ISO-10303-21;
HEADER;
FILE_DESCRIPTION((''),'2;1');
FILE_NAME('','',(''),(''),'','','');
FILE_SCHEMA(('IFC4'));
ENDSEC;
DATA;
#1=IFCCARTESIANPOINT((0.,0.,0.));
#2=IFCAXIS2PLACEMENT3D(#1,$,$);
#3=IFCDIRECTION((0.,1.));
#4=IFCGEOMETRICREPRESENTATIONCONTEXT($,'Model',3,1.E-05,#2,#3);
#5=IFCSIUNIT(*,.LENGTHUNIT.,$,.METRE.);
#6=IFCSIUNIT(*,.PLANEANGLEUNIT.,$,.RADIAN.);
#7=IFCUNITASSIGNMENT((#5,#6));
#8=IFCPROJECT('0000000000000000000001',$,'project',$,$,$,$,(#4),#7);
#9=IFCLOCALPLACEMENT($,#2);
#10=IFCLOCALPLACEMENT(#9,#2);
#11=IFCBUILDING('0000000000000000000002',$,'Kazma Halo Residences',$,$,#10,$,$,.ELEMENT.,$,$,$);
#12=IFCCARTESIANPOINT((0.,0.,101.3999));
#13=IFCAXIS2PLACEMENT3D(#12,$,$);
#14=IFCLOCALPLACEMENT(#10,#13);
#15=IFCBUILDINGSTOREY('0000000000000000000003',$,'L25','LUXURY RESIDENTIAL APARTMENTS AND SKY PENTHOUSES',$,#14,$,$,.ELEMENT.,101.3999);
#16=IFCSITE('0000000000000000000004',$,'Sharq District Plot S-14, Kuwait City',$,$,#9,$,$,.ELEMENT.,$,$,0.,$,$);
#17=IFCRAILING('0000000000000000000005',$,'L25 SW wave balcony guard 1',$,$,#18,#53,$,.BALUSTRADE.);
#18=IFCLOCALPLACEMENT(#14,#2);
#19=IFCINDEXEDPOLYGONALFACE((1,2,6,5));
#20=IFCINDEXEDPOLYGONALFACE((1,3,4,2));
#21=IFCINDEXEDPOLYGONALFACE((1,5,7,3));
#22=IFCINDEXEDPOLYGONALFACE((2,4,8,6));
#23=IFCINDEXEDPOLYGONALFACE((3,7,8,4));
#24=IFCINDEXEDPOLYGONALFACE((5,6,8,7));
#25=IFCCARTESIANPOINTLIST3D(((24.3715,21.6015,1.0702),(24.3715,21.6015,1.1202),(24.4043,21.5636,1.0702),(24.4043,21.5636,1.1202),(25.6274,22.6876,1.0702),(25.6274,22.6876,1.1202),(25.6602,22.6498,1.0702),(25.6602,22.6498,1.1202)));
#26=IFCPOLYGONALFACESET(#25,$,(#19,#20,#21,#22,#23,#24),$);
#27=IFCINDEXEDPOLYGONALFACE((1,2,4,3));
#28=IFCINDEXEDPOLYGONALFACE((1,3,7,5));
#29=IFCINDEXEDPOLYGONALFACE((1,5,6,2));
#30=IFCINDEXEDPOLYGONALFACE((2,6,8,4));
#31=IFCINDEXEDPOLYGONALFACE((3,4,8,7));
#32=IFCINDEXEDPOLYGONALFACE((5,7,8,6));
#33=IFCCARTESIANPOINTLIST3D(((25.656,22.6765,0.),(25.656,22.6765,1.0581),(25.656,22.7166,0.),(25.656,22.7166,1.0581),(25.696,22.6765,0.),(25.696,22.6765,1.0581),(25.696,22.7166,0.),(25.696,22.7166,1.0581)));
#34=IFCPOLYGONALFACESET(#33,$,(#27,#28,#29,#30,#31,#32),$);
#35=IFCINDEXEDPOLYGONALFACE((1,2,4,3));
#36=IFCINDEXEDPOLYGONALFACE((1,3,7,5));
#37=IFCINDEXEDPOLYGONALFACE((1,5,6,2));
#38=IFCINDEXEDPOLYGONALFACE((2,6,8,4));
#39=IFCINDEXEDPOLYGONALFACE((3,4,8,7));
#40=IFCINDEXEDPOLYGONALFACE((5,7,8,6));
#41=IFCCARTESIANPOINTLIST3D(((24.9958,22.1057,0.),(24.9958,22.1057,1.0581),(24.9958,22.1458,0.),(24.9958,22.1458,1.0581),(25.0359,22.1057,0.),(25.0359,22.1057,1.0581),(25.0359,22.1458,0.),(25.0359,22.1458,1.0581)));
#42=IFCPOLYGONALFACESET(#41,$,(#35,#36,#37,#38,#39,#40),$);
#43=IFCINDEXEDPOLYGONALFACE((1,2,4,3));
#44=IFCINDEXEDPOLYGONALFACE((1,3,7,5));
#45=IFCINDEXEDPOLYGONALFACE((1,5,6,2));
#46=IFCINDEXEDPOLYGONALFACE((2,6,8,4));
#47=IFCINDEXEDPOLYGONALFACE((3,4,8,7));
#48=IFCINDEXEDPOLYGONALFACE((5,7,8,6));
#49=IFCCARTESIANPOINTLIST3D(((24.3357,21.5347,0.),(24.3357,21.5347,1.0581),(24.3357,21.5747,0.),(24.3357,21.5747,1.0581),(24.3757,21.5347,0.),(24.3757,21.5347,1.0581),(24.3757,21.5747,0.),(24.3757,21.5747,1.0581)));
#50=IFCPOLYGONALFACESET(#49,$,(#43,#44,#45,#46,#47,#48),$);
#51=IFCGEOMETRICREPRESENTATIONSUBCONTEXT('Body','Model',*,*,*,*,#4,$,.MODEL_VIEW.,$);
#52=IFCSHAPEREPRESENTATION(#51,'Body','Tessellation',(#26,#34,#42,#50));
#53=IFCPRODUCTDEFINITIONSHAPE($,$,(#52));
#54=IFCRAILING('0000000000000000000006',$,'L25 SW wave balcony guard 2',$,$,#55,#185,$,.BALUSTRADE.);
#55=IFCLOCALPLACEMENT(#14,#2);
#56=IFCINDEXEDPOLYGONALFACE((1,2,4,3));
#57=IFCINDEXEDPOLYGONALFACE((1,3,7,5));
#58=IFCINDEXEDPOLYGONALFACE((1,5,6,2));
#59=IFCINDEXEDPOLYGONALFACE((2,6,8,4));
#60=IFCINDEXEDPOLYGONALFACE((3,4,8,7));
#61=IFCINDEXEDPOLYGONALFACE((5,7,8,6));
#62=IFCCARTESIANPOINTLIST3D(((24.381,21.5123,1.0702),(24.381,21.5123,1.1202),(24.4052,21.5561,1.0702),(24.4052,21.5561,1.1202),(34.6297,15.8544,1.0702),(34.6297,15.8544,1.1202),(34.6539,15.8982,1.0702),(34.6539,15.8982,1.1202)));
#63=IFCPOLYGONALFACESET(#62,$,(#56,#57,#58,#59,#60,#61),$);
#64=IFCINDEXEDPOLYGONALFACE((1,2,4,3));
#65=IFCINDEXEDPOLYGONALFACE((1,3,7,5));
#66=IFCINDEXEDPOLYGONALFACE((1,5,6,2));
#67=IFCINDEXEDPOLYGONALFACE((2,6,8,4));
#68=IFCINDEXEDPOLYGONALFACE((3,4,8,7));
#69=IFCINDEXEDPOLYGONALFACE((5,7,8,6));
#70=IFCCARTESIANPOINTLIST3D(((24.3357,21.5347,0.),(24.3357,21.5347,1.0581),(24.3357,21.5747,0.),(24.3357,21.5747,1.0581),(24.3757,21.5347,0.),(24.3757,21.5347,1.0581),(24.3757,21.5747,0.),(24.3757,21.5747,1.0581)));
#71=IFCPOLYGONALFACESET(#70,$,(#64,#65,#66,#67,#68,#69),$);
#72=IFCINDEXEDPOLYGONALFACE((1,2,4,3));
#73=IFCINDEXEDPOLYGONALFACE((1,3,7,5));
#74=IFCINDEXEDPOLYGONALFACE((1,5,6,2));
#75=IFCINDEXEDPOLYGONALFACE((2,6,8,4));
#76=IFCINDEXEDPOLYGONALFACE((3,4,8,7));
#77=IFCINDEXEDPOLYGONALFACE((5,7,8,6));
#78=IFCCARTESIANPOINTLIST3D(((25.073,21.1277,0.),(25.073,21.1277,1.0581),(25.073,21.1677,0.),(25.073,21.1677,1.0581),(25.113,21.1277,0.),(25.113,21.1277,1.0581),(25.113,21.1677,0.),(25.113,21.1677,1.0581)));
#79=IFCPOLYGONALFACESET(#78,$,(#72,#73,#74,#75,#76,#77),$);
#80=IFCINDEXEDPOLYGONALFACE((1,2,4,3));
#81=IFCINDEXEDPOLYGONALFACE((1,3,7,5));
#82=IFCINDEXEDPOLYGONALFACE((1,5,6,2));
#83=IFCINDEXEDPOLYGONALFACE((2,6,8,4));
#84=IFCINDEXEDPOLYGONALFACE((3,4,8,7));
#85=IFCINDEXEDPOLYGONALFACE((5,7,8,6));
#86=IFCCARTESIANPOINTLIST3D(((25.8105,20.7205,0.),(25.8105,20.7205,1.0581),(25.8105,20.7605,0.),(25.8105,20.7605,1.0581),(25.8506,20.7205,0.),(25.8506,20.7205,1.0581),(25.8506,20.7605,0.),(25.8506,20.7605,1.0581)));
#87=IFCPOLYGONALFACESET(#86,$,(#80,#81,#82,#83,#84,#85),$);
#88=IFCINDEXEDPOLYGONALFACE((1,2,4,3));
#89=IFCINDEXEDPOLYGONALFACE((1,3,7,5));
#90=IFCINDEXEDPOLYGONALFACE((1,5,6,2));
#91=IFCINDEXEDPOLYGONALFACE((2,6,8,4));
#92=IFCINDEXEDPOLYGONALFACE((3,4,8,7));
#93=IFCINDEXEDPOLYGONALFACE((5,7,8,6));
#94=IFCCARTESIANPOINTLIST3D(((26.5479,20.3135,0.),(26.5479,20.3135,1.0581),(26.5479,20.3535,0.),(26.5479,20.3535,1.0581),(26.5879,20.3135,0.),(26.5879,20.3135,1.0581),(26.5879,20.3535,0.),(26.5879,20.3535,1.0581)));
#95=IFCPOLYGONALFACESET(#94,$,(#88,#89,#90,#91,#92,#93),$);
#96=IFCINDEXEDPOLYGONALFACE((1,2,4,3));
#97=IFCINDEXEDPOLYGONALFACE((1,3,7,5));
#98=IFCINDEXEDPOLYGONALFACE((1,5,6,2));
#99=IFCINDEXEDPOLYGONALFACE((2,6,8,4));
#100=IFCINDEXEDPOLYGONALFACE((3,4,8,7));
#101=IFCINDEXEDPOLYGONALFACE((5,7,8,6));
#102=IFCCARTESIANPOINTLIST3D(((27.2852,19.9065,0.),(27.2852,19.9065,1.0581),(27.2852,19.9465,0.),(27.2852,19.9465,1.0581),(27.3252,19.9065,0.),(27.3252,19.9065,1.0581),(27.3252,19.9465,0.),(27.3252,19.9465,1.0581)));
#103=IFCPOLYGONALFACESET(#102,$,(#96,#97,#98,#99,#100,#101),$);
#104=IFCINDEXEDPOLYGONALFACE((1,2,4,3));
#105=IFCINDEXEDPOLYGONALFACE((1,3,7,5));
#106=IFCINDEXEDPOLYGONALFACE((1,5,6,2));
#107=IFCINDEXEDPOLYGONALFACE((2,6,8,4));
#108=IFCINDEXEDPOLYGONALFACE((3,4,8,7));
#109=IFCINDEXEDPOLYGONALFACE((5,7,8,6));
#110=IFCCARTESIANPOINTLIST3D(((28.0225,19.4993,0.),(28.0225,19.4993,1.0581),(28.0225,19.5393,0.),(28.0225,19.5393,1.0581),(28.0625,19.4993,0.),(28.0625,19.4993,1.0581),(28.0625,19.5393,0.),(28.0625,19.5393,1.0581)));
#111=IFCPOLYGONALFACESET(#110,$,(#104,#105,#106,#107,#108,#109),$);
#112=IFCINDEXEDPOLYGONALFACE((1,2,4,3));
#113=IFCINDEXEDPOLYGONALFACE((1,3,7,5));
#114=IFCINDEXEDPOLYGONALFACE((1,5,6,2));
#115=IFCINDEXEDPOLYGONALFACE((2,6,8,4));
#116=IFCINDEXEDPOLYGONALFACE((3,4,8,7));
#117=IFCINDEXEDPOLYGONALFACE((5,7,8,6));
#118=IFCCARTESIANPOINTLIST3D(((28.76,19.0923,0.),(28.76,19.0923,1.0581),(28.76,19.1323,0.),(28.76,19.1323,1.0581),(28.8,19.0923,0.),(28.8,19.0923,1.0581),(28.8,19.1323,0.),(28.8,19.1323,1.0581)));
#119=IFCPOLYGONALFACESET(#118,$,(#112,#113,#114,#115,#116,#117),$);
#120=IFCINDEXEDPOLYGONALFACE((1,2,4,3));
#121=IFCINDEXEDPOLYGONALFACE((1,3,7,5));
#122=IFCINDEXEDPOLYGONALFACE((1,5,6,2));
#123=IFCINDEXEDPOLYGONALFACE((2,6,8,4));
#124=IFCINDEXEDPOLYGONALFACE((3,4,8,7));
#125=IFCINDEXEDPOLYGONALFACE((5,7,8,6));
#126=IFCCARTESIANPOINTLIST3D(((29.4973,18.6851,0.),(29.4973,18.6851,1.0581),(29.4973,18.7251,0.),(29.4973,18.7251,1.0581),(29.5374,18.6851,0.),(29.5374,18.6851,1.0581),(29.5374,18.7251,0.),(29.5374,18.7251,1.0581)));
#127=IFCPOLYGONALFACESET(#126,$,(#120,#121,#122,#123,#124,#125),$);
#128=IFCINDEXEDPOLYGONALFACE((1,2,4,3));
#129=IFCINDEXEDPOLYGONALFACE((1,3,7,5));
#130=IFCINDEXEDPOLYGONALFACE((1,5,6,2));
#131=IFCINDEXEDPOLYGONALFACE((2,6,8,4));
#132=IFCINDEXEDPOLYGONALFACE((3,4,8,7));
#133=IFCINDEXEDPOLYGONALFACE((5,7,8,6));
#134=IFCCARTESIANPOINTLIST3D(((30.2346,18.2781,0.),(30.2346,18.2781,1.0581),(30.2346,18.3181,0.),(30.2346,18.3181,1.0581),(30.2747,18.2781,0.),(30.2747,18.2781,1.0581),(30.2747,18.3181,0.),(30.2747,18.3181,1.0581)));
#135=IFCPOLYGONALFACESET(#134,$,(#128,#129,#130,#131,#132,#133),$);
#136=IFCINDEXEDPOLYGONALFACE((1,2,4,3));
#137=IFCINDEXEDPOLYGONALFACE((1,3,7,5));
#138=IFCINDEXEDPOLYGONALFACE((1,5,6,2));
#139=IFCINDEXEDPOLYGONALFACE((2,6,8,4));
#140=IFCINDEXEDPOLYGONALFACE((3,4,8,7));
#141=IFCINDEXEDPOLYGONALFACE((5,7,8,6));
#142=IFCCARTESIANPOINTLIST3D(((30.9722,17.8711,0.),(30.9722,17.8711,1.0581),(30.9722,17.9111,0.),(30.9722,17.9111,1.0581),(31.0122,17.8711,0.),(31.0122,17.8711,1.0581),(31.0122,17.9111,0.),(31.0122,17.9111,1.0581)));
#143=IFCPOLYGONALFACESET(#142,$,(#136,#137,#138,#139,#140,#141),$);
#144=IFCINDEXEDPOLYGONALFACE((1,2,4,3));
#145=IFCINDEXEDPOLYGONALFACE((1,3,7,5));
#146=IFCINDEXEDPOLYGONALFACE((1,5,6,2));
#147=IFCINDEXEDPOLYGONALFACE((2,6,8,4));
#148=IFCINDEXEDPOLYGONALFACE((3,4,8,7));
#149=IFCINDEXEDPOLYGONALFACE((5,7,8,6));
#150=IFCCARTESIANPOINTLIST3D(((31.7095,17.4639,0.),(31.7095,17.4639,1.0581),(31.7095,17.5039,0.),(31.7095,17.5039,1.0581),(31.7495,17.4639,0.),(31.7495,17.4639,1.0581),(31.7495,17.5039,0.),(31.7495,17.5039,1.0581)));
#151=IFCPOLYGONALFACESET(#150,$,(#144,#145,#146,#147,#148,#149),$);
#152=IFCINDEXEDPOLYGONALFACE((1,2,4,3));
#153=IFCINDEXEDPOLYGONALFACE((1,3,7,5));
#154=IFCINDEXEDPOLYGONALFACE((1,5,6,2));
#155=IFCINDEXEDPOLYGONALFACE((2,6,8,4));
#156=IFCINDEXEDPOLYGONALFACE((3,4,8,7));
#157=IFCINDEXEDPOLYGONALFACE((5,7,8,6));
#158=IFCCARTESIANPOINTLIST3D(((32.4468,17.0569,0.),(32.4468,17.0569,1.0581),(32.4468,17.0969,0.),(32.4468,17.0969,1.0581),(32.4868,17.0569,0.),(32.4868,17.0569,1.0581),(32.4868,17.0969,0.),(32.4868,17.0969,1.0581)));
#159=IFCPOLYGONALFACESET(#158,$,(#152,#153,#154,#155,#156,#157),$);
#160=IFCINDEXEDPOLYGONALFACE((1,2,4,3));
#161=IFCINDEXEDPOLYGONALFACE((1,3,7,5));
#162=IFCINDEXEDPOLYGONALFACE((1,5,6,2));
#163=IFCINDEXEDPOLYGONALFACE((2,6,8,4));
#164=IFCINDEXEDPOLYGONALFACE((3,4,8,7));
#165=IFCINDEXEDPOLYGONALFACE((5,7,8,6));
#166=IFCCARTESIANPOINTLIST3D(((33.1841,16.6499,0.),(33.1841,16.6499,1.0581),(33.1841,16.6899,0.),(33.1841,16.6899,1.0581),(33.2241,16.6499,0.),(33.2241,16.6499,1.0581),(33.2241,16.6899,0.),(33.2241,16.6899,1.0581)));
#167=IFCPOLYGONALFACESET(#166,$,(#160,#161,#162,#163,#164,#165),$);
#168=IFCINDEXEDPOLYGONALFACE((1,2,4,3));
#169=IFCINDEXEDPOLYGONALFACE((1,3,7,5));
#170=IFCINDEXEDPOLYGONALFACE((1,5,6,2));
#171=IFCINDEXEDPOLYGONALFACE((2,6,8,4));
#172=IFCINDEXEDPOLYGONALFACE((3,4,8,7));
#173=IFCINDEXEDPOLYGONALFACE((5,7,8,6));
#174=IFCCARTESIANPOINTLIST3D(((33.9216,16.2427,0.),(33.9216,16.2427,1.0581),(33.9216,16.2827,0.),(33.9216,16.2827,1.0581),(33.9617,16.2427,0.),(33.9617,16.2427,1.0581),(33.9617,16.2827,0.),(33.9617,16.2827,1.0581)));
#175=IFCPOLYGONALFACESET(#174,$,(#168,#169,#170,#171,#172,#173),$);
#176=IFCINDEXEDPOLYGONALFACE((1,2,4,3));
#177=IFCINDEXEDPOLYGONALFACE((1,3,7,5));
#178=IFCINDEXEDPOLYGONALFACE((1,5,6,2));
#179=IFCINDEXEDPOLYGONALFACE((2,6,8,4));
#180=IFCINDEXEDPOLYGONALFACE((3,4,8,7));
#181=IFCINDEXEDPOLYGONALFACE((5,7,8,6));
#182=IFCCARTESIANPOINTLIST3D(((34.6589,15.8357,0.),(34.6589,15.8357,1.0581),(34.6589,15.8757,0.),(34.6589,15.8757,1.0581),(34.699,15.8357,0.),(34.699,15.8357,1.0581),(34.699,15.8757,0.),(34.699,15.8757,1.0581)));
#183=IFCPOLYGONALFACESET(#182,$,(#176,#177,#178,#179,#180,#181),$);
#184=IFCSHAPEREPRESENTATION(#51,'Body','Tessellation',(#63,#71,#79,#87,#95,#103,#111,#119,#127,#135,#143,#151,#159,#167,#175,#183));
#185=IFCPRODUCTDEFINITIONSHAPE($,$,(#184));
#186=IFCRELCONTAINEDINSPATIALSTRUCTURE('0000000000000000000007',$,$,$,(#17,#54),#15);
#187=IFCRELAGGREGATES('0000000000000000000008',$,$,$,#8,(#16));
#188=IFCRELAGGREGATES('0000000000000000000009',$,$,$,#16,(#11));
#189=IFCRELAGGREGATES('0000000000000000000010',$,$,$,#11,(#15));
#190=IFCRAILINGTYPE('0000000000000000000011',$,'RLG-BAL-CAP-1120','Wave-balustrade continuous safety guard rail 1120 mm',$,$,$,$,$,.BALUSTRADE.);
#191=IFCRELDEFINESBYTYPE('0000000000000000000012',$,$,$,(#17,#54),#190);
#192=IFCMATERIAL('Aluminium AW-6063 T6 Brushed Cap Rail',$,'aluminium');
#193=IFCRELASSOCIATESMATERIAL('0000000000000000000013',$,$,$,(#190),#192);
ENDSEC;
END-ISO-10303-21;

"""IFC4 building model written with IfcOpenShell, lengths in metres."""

from ifc_helpers import new_model, si_unit, direction, frame, origin, origin_2d, place, context, subcontext, project, spatial, rectangle, extrude, material, type_object, element, save


model = new_model("IFC4")

# Units and contexts
model_context = context("Model", 3, precision=1e-05, world=origin(), true_north=direction((0.0, 1.0)))
body_context = subcontext(model_context, "Body", "Model", "MODEL_VIEW")
ifc_project = project(units=[si_unit("LENGTHUNIT", "METRE"), si_unit("PLANEANGLEUNIT", "RADIAN")], contexts=[model_context])

# Site, building, storey
site_placement = place(None, origin())
site = spatial("IfcSite", under=ifc_project, at=site_placement, Name="Sharq District Plot S-14, Kuwait City", CompositionType="ELEMENT", RefElevation=0.0)
building_placement = place(site_placement, origin())
building = spatial("IfcBuilding", under=site, at=building_placement, Name="Kazma Halo Residences", CompositionType="ELEMENT")
storey_placement = place(building_placement, frame((0.0, 0.0, 101.3999)))
storey = spatial("IfcBuildingStorey", under=building, at=storey_placement, Name="L25", Description="LUXURY RESIDENTIAL APARTMENTS AND SKY PENTHOUSES", CompositionType="ELEMENT", Elevation=101.3999)

# Railings
ifc_material_1 = material(Name="Aluminium AW-6063 T6 Brushed Cap Rail", Category="aluminium")
railing_type = type_object("IfcRailingType", Name="RLG-BAL-CAP-1120", Description="Wave-balustrade continuous safety guard rail 1120 mm", PredefinedType="BALUSTRADE", material=ifc_material_1)
railing_1_placement = place(storey_placement, frame((25.676, 22.6965, 0.0)))
element("IfcRailing", 1, at=railing_1_placement, inside=storey, type_object=railing_type, Name="L25 SW wave balcony guard 1", PredefinedType="BALUSTRADE", context=body_context, shape_type="SweptSolid", body=[
    extrude(rectangle(XDim=0.05, YDim=0.05, at=origin_2d()), frame((-0.0322, -0.0278, 1.0952), z_axis=(-0.756376, -0.654137, 0.0), x_axis=(0.654137, -0.756376, 0.0)), (0.0, 0.0, 1.0), 1.6604),
    extrude(rectangle(XDim=0.04, YDim=0.04, at=origin_2d()), origin(), (0.0, 0.0, 1.0), 1.0581),
    extrude(rectangle(XDim=0.04, YDim=0.04, at=origin_2d()), frame((-0.6602, -0.5708, 0.0)), (0.0, 0.0, 1.0), 1.0581),
    extrude(rectangle(XDim=0.04, YDim=0.04, at=origin_2d()), frame((-1.3203, -1.1418, 0.0)), (0.0, 0.0, 1.0), 1.0581),
])
railing_2_placement = place(storey_placement, frame((24.3557, 21.5547, 0.0)))
element("IfcRailing", 2, at=railing_2_placement, inside=storey, type_object=railing_type, Name="L25 SW wave balcony guard 2", PredefinedType="BALUSTRADE", context=body_context, shape_type="SweptSolid", body=[
    extrude(rectangle(XDim=0.05, YDim=0.05, at=origin_2d()), frame((0.0374, -0.0205, 1.0952), z_axis=(0.875456, -0.483298, 0.0), x_axis=(0.483298, 0.875456, 0.0)), (0.0, 0.0, 1.0), 11.7068),
    extrude(rectangle(XDim=0.04, YDim=0.04, at=origin_2d()), origin(), (0.0, 0.0, 1.0), 1.0581),
    extrude(rectangle(XDim=0.04, YDim=0.04, at=origin_2d()), frame((0.7373, -0.407, 0.0)), (0.0, 0.0, 1.0), 1.0581),
    extrude(rectangle(XDim=0.04, YDim=0.04, at=origin_2d()), frame((1.4749, -0.8142, 0.0)), (0.0, 0.0, 1.0), 1.0581),
    extrude(rectangle(XDim=0.04, YDim=0.04, at=origin_2d()), frame((2.2122, -1.2212, 0.0)), (0.0, 0.0, 1.0), 1.0581),
    extrude(rectangle(XDim=0.04, YDim=0.04, at=origin_2d()), frame((2.9495, -1.6282, 0.0)), (0.0, 0.0, 1.0), 1.0581),
    extrude(rectangle(XDim=0.04, YDim=0.04, at=origin_2d()), frame((3.6868, -2.0354, 0.0)), (0.0, 0.0, 1.0), 1.0581),
    extrude(rectangle(XDim=0.04, YDim=0.04, at=origin_2d()), frame((4.4243, -2.4424, 0.0)), (0.0, 0.0, 1.0), 1.0581),
    extrude(rectangle(XDim=0.04, YDim=0.04, at=origin_2d()), frame((5.1616, -2.8496, 0.0)), (0.0, 0.0, 1.0), 1.0581),
    extrude(rectangle(XDim=0.04, YDim=0.04, at=origin_2d()), frame((5.8989, -3.2566, 0.0)), (0.0, 0.0, 1.0), 1.0581),
    extrude(rectangle(XDim=0.04, YDim=0.04, at=origin_2d()), frame((6.6365, -3.6636, 0.0)), (0.0, 0.0, 1.0), 1.0581),
    extrude(rectangle(XDim=0.04, YDim=0.04, at=origin_2d()), frame((7.3738, -4.0708, 0.0)), (0.0, 0.0, 1.0), 1.0581),
    extrude(rectangle(XDim=0.04, YDim=0.04, at=origin_2d()), frame((8.1111, -4.4778, 0.0)), (0.0, 0.0, 1.0), 1.0581),
    extrude(rectangle(XDim=0.04, YDim=0.04, at=origin_2d()), frame((8.8484, -4.8848, 0.0)), (0.0, 0.0, 1.0), 1.0581),
    extrude(rectangle(XDim=0.04, YDim=0.04, at=origin_2d()), frame((9.5859, -5.292, 0.0)), (0.0, 0.0, 1.0), 1.0581),
    extrude(rectangle(XDim=0.04, YDim=0.04, at=origin_2d()), frame((10.3232, -5.699, 0.0)), (0.0, 0.0, 1.0), 1.0581),
])

save(model, "model.ifc")
